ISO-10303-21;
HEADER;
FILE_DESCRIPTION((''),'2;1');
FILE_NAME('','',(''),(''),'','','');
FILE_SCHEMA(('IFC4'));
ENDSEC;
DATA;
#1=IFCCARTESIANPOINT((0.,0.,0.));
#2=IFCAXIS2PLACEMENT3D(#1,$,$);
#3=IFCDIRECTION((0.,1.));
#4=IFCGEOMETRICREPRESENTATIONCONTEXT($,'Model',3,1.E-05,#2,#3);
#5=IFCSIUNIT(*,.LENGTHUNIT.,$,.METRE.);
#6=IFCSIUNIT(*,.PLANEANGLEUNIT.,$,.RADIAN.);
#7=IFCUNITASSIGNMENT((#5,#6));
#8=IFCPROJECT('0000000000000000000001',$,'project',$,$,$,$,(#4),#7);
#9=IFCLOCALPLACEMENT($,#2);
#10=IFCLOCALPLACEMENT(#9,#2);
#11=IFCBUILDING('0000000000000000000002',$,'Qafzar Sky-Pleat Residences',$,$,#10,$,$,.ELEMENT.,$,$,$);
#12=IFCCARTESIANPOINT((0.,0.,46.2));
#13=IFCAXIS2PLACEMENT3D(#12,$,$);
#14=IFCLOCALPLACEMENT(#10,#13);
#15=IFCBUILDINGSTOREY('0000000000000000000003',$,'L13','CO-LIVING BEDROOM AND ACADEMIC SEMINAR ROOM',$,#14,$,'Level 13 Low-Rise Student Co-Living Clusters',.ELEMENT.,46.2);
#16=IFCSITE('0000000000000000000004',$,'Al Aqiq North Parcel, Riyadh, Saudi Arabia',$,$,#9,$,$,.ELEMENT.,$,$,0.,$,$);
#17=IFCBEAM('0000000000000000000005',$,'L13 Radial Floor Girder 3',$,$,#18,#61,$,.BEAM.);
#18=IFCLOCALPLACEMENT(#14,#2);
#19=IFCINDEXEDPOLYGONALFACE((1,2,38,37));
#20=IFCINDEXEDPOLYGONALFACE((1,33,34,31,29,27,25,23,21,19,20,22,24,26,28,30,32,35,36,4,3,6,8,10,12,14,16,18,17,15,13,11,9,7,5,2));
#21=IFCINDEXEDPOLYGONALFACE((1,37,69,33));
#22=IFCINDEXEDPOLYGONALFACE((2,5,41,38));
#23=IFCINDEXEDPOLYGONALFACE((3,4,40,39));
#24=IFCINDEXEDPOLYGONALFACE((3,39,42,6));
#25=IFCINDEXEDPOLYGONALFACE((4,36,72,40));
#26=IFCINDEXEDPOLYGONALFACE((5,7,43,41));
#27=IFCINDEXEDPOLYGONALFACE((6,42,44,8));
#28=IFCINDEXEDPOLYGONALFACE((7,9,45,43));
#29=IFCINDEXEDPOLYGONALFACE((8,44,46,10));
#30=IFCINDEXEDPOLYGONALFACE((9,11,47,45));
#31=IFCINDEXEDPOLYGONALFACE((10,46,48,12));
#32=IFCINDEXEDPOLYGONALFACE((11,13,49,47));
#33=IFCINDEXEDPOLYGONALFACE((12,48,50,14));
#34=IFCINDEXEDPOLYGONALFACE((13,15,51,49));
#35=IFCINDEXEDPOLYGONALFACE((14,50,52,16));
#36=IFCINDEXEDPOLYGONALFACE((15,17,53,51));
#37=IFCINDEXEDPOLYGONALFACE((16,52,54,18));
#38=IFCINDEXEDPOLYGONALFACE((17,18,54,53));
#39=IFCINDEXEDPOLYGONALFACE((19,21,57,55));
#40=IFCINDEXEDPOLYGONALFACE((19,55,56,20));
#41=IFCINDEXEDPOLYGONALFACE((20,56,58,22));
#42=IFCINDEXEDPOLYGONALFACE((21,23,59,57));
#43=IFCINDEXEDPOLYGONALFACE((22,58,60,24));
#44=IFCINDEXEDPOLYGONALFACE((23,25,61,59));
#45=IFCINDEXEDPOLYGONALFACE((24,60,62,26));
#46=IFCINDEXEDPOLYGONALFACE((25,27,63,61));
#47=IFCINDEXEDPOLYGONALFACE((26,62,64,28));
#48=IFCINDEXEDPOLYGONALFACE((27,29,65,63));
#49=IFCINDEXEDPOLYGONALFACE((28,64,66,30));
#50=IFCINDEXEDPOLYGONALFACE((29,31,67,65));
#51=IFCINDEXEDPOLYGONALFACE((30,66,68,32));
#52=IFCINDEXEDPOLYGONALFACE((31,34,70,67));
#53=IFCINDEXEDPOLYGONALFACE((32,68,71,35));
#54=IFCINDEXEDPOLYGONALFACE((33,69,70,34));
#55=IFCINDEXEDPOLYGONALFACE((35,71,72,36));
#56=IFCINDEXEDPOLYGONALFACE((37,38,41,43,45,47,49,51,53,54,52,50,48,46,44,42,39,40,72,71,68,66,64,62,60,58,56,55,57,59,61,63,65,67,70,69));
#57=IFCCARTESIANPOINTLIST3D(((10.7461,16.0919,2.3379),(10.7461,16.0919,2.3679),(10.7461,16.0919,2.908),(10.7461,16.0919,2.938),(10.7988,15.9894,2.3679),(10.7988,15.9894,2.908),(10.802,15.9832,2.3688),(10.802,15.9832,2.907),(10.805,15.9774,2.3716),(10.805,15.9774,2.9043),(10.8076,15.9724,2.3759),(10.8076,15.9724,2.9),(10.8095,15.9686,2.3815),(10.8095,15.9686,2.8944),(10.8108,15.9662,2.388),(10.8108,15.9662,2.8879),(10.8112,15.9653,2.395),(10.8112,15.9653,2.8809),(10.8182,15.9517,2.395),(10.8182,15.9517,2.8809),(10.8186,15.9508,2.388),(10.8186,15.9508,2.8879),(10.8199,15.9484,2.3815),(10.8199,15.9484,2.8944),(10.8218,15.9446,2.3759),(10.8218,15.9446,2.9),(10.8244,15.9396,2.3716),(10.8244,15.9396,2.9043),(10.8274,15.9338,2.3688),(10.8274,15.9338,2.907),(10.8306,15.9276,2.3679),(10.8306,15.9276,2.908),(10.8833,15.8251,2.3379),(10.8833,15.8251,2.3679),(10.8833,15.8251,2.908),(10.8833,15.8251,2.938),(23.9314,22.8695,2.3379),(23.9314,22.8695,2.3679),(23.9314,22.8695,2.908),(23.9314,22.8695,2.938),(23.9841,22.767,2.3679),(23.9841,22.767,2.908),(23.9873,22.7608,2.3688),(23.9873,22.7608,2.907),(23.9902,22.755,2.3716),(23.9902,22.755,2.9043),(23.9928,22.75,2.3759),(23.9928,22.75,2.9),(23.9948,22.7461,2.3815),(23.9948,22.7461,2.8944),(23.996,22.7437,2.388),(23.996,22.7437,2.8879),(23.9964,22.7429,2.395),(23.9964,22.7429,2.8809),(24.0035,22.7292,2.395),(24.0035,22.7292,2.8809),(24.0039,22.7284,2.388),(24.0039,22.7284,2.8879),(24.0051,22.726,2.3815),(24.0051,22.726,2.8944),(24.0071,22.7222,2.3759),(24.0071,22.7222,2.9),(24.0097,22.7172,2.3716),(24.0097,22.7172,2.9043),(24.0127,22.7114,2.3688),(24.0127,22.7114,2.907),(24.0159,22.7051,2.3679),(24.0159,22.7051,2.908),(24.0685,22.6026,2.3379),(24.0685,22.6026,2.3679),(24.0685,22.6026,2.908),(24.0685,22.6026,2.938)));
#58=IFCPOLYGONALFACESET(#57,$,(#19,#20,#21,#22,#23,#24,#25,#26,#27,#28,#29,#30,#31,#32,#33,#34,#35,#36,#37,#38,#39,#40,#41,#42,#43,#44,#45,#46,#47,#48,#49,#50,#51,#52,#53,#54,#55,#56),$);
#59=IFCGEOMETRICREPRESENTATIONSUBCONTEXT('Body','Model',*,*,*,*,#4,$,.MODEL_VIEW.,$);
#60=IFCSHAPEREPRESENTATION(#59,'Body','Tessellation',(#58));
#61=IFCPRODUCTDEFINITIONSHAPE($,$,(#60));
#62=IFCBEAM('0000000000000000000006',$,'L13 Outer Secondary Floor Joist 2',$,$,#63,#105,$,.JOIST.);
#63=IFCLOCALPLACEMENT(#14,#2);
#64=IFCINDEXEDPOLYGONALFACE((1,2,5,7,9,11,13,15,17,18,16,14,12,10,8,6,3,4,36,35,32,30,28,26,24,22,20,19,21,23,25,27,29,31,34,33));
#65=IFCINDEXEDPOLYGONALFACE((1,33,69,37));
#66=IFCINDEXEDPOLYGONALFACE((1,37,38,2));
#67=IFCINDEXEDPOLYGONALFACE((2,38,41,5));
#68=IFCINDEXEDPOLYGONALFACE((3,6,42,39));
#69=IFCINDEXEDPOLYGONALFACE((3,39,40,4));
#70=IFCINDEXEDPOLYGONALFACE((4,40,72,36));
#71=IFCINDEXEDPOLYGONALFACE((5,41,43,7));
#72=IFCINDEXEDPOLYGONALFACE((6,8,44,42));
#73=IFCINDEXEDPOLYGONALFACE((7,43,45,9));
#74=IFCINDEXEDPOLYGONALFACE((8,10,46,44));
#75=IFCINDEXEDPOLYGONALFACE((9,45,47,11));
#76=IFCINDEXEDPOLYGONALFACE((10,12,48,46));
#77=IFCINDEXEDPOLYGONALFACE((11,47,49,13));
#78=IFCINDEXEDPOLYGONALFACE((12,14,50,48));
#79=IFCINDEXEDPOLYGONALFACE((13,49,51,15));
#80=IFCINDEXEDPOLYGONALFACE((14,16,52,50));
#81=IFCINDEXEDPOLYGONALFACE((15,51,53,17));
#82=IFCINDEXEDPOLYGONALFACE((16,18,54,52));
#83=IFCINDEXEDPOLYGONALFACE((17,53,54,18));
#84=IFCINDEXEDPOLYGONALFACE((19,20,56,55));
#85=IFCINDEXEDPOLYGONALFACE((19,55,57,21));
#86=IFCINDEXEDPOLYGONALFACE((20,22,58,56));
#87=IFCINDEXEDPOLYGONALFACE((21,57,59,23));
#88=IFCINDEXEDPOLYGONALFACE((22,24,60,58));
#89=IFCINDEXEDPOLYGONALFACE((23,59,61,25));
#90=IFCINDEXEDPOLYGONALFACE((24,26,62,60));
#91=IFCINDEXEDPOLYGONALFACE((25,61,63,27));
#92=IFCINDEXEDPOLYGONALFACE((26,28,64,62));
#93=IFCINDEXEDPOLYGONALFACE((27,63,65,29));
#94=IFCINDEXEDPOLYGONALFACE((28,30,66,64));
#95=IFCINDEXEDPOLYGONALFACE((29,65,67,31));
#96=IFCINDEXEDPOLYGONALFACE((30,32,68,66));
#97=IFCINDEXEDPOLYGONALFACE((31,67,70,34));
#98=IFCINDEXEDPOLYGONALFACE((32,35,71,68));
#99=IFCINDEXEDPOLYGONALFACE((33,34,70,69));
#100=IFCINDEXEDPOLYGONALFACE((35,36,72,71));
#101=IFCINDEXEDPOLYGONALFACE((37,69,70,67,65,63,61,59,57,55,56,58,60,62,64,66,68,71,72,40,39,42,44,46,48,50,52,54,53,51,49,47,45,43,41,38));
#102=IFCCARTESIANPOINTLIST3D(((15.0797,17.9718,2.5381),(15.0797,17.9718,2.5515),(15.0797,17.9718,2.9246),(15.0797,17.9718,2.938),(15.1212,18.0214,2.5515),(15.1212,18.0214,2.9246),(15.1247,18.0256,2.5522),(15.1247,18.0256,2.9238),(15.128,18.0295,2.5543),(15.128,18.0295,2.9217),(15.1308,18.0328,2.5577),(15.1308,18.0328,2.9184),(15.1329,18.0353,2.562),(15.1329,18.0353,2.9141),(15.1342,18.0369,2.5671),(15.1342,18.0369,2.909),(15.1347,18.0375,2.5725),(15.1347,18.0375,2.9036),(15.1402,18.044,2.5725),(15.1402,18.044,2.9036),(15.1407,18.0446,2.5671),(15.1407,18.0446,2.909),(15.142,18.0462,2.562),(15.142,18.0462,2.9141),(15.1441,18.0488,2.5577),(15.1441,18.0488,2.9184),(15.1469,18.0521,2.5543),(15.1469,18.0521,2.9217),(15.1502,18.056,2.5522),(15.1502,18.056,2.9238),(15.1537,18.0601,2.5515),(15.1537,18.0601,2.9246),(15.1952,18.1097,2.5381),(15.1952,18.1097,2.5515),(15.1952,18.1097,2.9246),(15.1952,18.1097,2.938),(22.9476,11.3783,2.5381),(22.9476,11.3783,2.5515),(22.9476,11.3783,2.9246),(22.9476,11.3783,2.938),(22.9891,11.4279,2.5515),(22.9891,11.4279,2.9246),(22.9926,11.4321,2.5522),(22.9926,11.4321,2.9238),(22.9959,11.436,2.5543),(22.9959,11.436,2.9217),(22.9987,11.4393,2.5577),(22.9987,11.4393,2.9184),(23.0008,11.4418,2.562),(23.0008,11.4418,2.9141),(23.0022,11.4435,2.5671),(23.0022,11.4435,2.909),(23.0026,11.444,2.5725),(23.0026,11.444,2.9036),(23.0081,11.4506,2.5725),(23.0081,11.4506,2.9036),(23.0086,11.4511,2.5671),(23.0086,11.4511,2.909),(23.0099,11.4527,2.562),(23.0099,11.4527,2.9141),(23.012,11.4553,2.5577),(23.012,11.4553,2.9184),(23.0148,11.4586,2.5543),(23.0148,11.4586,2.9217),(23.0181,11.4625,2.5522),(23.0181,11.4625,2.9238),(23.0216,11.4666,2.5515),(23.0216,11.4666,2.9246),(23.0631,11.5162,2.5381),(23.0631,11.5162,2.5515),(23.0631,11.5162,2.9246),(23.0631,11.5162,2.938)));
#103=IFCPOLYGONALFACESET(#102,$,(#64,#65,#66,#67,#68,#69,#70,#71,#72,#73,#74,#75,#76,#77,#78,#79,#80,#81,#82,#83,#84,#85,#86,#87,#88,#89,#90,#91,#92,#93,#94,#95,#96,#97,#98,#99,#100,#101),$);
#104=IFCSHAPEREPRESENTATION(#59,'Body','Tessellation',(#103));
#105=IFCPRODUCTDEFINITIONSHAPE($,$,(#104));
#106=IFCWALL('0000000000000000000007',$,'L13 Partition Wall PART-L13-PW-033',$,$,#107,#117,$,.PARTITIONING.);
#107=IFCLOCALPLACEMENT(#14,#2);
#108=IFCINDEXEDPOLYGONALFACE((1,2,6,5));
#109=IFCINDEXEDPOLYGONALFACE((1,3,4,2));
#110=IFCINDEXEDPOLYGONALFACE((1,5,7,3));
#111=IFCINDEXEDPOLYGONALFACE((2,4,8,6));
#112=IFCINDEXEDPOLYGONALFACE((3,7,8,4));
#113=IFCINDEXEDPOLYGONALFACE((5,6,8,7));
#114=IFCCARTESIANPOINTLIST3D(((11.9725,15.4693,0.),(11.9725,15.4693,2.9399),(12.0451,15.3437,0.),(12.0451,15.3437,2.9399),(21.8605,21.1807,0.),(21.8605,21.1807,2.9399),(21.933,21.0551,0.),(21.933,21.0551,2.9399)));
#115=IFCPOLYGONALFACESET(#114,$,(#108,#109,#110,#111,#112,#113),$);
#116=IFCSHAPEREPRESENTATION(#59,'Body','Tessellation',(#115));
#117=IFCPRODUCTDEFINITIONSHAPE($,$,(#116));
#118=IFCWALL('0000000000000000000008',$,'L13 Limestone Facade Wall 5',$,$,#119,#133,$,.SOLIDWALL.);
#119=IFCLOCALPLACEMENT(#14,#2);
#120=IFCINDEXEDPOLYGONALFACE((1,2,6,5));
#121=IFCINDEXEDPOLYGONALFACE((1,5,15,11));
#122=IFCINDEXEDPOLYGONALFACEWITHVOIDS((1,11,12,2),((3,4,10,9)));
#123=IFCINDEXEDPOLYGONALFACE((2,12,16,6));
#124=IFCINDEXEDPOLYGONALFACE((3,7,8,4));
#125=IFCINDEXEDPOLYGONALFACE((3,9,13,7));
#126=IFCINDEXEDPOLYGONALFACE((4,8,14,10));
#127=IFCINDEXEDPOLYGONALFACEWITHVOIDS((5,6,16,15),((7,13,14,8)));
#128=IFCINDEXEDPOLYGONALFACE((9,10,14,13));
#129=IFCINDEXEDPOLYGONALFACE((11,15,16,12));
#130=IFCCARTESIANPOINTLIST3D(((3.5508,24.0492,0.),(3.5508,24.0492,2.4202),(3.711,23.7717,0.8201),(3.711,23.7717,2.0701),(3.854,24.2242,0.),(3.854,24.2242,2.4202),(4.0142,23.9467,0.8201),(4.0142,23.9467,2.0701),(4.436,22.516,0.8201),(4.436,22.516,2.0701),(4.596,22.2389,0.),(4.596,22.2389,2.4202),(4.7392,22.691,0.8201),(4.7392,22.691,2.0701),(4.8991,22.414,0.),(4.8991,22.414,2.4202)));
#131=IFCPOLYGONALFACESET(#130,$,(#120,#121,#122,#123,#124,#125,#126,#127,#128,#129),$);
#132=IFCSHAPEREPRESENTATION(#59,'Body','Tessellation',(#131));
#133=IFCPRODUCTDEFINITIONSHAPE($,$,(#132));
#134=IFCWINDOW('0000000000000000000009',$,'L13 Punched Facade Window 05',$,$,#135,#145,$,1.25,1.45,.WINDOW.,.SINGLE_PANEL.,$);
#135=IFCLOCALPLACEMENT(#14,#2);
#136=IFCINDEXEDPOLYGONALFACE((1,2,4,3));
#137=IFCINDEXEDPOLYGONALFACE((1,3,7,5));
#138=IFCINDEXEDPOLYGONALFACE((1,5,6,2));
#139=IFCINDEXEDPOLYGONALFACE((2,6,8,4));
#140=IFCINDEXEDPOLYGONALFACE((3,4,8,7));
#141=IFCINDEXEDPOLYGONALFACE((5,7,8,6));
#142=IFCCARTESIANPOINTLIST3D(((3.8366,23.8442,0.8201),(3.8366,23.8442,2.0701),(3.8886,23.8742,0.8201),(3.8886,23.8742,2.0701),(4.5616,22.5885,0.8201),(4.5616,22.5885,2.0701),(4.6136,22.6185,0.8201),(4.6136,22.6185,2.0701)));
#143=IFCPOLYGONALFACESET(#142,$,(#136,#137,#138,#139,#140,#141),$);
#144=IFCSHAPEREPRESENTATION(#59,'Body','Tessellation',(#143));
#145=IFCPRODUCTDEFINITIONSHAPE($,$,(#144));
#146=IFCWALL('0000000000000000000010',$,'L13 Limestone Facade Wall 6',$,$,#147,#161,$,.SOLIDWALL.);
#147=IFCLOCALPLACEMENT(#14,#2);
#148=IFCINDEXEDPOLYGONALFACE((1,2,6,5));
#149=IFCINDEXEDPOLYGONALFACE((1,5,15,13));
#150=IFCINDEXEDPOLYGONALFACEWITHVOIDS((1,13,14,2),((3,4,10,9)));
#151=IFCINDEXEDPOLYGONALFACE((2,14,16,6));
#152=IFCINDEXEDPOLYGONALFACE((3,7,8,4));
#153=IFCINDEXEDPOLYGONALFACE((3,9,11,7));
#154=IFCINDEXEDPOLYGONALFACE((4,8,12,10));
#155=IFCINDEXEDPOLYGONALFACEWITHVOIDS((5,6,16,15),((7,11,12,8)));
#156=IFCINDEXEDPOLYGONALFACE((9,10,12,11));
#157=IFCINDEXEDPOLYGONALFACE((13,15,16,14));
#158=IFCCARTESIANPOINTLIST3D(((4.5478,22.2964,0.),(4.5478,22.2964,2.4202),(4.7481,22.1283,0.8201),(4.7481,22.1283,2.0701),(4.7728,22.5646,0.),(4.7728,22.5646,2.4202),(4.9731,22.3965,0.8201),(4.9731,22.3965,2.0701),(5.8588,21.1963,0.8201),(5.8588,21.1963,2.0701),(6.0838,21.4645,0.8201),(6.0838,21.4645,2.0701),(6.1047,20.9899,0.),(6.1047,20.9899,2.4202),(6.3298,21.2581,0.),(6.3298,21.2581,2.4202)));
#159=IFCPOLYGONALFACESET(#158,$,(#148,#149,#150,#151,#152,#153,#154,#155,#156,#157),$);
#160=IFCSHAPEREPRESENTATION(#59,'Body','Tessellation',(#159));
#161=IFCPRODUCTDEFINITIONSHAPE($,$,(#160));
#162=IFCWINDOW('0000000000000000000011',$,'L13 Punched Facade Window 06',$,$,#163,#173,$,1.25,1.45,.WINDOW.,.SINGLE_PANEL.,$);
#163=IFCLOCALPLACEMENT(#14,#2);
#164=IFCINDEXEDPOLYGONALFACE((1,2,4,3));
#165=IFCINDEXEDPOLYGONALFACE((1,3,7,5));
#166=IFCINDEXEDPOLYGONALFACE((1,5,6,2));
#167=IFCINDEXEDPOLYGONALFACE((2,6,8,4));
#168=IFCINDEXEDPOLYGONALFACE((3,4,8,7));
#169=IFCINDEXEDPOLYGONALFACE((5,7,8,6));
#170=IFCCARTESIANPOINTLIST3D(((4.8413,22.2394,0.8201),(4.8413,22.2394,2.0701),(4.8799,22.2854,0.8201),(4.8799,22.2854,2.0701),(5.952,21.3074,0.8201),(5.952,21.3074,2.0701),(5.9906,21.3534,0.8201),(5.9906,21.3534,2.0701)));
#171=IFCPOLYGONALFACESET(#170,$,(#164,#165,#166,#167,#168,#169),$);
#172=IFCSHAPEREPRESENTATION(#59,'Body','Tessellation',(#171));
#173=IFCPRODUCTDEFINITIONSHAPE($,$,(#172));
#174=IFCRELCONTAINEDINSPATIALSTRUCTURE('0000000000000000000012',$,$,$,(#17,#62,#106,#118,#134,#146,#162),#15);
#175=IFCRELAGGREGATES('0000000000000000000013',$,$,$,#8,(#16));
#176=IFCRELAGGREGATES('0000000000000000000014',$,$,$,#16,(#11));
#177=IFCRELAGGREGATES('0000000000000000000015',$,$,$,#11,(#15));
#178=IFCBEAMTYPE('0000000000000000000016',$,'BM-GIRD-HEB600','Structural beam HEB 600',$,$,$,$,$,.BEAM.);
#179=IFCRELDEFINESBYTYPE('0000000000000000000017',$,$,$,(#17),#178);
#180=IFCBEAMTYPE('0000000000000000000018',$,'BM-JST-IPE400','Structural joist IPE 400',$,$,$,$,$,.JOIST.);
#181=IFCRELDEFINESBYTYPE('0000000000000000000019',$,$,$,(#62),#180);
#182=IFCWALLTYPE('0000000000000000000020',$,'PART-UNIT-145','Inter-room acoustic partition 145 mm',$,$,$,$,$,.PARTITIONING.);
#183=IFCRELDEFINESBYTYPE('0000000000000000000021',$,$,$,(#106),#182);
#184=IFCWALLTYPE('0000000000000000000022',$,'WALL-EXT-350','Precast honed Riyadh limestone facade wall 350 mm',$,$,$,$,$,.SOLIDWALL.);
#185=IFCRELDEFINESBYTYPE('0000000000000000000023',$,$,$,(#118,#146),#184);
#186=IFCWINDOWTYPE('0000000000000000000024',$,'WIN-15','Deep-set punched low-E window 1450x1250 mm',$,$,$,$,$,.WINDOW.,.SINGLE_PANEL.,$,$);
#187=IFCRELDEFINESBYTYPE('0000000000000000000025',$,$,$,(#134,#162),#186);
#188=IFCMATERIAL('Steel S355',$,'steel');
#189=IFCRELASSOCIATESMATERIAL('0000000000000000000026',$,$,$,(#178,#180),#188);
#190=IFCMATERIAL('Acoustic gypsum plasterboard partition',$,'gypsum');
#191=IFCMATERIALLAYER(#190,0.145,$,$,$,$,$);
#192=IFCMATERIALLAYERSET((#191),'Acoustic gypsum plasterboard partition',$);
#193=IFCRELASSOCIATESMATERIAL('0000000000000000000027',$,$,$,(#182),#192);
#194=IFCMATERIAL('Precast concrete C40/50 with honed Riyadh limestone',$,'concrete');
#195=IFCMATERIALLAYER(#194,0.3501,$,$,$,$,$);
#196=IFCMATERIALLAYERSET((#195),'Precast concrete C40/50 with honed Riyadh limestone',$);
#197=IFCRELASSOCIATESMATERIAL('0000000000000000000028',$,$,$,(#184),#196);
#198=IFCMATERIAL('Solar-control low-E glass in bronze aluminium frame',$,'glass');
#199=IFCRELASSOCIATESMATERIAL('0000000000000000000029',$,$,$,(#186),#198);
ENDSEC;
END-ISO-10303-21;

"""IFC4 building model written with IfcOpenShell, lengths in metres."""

from ifc_helpers import new_model, si_unit, direction, frame, frame_2d, origin, origin_2d, place, context, subcontext, project, spatial, rectangle, i_section, extrude, source, transform, mapped, material, layer, layer_set, material_profile, profile_set, type_object, element, fill, save


model = new_model("IFC4")

# Units and contexts
model_context = context("Model", 3, precision=1e-05, world=origin(), true_north=direction((0.0, 1.0)))
body_context = subcontext(model_context, "Body", "Model", "MODEL_VIEW")
ifc_project = project(units=[si_unit("LENGTHUNIT", "METRE"), si_unit("PLANEANGLEUNIT", "RADIAN")], contexts=[model_context])

# Site, building, storey
site_placement = place(None, origin())
site = spatial("IfcSite", under=ifc_project, at=site_placement, Name="Al Aqiq North Parcel, Riyadh, Saudi Arabia", CompositionType="ELEMENT", RefElevation=0.0)
building_placement = place(site_placement, origin())
building = spatial("IfcBuilding", under=site, at=building_placement, Name="Qafzar Sky-Pleat Residences", CompositionType="ELEMENT")
storey_placement = place(building_placement, frame((0.0, 0.0, 46.2)))
storey = spatial("IfcBuildingStorey", under=building, at=storey_placement, Name="L13", Description="CO-LIVING BEDROOM AND ACADEMIC SEMINAR ROOM", LongName="Level 13 Low-Rise Student Co-Living Clusters", CompositionType="ELEMENT", Elevation=46.2)

# Beams
ifc_material_1 = material(Name="Steel S355", Category="steel")
ifc_material_profile_1 = material_profile(ifc_material_1, i_section(OverallWidth=0.3, OverallDepth=0.6001, WebThickness=0.0154, FlangeThickness=0.03, FilletRadius=0.0271, at=origin_2d()), Name="HEB 600")
ifc_profile_set_1 = profile_set([ifc_material_profile_1], Name="Steel S355")
beam_type_1 = type_object("IfcBeamType", Name="BM-GIRD-HEB600", Description="Structural beam HEB 600", PredefinedType="BEAM", material=ifc_profile_set_1)
shared_shape_1 = source(origin(), body_context, "Body", "SweptSolid", [
    extrude(i_section(OverallWidth=0.3, OverallDepth=0.6001, WebThickness=0.0154, FlangeThickness=0.03, FilletRadius=0.0271, at=origin_2d()), origin(), (0.0, 0.0, 1.0), 14.8252),
])
beam_1_placement = place(storey_placement, frame((10.8147, 15.9585, 2.6379), z_axis=(0.889382, 0.457165, 0.0), x_axis=(-0.457165, 0.889382, 0.0)))
element("IfcBeam", 1, at=beam_1_placement, inside=storey, type_object=beam_type_1, Name="L13 Radial Floor Girder 3", PredefinedType="BEAM", context=body_context, shape_type="MappedRepresentation", body=[
    mapped(shared_shape_1, transform((0.0, 0.0, 0.0), x_axis=(1.0, 0.0, 0.0), y_axis=(0.0, 1.0, 0.0), z_axis=(0.0, 0.0, 1.0), scale=1.0)),
])
ifc_material_profile_2 = material_profile(ifc_material_1, i_section(OverallWidth=0.1799, OverallDepth=0.3999, WebThickness=0.0085, FlangeThickness=0.0134, FilletRadius=0.021, at=origin_2d()), Name="IPE 400")
ifc_profile_set_2 = profile_set([ifc_material_profile_2], Name="Steel S355")
beam_type_2 = type_object("IfcBeamType", Name="BM-JST-IPE400", Description="Structural joist IPE 400", PredefinedType="JOIST", material=ifc_profile_set_2)
shared_shape_2 = source(origin(), body_context, "Body", "SweptSolid", [
    extrude(i_section(OverallWidth=0.1799, OverallDepth=0.3999, WebThickness=0.0085, FlangeThickness=0.0134, FilletRadius=0.021, at=origin_2d()), origin(), (0.0, 0.0, 1.0), 10.2654),
])
beam_2_placement = place(storey_placement, frame((15.1375, 18.0408, 2.738), z_axis=(0.76645, -0.642304, 0.0), x_axis=(0.642304, 0.76645, 0.0)))
element("IfcBeam", 2, at=beam_2_placement, inside=storey, type_object=beam_type_2, Name="L13 Outer Secondary Floor Joist 2", PredefinedType="JOIST", context=body_context, shape_type="MappedRepresentation", body=[
    mapped(shared_shape_2, transform((0.0, 0.0, 0.0), x_axis=(1.0, 0.0, 0.0), y_axis=(0.0, 1.0, 0.0), z_axis=(0.0, 0.0, 1.0), scale=1.0)),
])

# Wall
ifc_material_2 = material(Name="Acoustic gypsum plasterboard partition", Category="gypsum")
ifc_layer_1 = layer(ifc_material_2, 0.145)
ifc_layer_set_1 = layer_set([ifc_layer_1], Name="Acoustic gypsum plasterboard partition")
wall_type_1 = type_object("IfcWallType", Name="PART-UNIT-145", Description="Inter-room acoustic partition 145 mm", PredefinedType="PARTITIONING", material=ifc_layer_set_1)
wall_1_placement = place(storey_placement, frame((12.0088, 15.4065, 0.0), z_axis=(0.0, 0.0, 1.0), x_axis=(0.865926, 0.500172, 0.0)))
element("IfcWall", 3, at=wall_1_placement, inside=storey, type_object=wall_type_1, Name="L13 Partition Wall PART-L13-PW-033", PredefinedType="PARTITIONING", context=body_context, shape_type="SweptSolid", body=[
    extrude(rectangle(XDim=11.4189, YDim=0.145, at=frame_2d((5.7095, 0.0))), origin(), (0.0, 0.0, 1.0), 2.9399),
])

# Walls, openings, windows
ifc_material_3 = material(Name="Precast concrete C40/50 with honed Riyadh limestone", Category="concrete")
ifc_layer_2 = layer(ifc_material_3, 0.3501)
ifc_layer_set_2 = layer_set([ifc_layer_2], Name="Precast concrete C40/50 with honed Riyadh limestone")
wall_type_2 = type_object("IfcWallType", Name="WALL-EXT-350", Description="Precast honed Riyadh limestone facade wall 350 mm", PredefinedType="SOLIDWALL", material=ifc_layer_set_2)
wall_2_placement = place(storey_placement, frame((3.7024, 24.1367, 0.0), z_axis=(0.0, 0.0, 1.0), x_axis=(0.499995, -0.866028, 0.0)))
wall_2 = element("IfcWall", 4, at=wall_2_placement, inside=storey, type_object=wall_type_2, Name="L13 Limestone Facade Wall 5", PredefinedType="SOLIDWALL", context=body_context, shape_type="SweptSolid", body=[
    extrude(rectangle(XDim=2.0903, YDim=0.3501, at=frame_2d((1.0452, 0.0))), origin(), (0.0, 0.0, 1.0), 2.4202),
])
opening_1_placement = place(wall_2_placement, frame((0.3203, 0.0, 0.8201)))
opening_1 = element("IfcOpeningElement", 5, at=opening_1_placement, cuts=wall_2, PredefinedType="OPENING", context=body_context, shape_type="SweptSolid", body=[
    extrude(rectangle(XDim=1.45, YDim=1.25, at=frame_2d((0.7251, 0.625))), frame((0.0, 0.1851, 0.0), z_axis=(0.0, -1.0, 0.0), x_axis=(1.0, 0.0, 0.0)), (0.0, 0.0, 1.0), 0.3701),
])
ifc_material_4 = material(Name="Solar-control low-E glass in bronze aluminium frame", Category="glass")
window_type = type_object("IfcWindowType", Name="WIN-15", Description="Deep-set punched low-E window 1450x1250 mm", PartitioningType="SINGLE_PANEL", PredefinedType="WINDOW", material=ifc_material_4)
shared_shape_3 = source(origin(), body_context, "Body", "SweptSolid", [
    extrude(rectangle(XDim=1.45, YDim=1.25, at=frame_2d((0.7251, 0.625))), frame((0.0, 0.03, 0.0), z_axis=(0.0, -1.0, 0.0), x_axis=(1.0, 0.0, 0.0)), (0.0, 0.0, 1.0), 0.0601),
])
window_1_placement = place(opening_1_placement, origin())
window_1 = element("IfcWindow", 6, at=window_1_placement, inside=storey, type_object=window_type, Name="L13 Punched Facade Window 05", OverallHeight=1.25, OverallWidth=1.45, PartitioningType="SINGLE_PANEL", PredefinedType="WINDOW", context=body_context, shape_type="MappedRepresentation", body=[
    mapped(shared_shape_3, transform((0.0, 0.0, 0.0), x_axis=(1.0, 0.0, 0.0), y_axis=(0.0, 1.0, 0.0), z_axis=(0.0, 0.0, 1.0), scale=1.0)),
])
fill(opening_1, window_1)
wall_3_placement = place(storey_placement, frame((4.6604, 22.4304, 0.0), z_axis=(0.0, 0.0, 1.0), x_axis=(0.766041, -0.642792, 0.0)))
wall_3 = element("IfcWall", 7, at=wall_3_placement, inside=storey, type_object=wall_type_2, Name="L13 Limestone Facade Wall 6", PredefinedType="SOLIDWALL", context=body_context, shape_type="SweptSolid", body=[
    extrude(rectangle(XDim=2.0325, YDim=0.3501, at=frame_2d((1.0161, 0.0))), origin(), (0.0, 0.0, 1.0), 2.4202),
])
opening_2_placement = place(wall_3_placement, frame((0.2612, 0.0, 0.8201)))
opening_2 = element("IfcOpeningElement", 8, at=opening_2_placement, cuts=wall_3, PredefinedType="OPENING", context=body_context, shape_type="SweptSolid", body=[
    extrude(rectangle(XDim=1.45, YDim=1.25, at=frame_2d((0.7251, 0.625))), frame((0.0, 0.1851, 0.0), z_axis=(0.0, -1.0, 0.0), x_axis=(1.0, 0.0, 0.0)), (0.0, 0.0, 1.0), 0.3701),
])
window_2_placement = place(opening_2_placement, origin())
window_2 = element("IfcWindow", 9, at=window_2_placement, inside=storey, type_object=window_type, Name="L13 Punched Facade Window 06", OverallHeight=1.25, OverallWidth=1.45, PartitioningType="SINGLE_PANEL", PredefinedType="WINDOW", context=body_context, shape_type="MappedRepresentation", body=[
    mapped(shared_shape_3, transform((0.0, 0.0, 0.0), x_axis=(1.0, 0.0, 0.0), y_axis=(0.0, 1.0, 0.0), z_axis=(0.0, 0.0, 1.0), scale=1.0)),
])
fill(opening_2, window_2)

save(model, "model.ifc")
